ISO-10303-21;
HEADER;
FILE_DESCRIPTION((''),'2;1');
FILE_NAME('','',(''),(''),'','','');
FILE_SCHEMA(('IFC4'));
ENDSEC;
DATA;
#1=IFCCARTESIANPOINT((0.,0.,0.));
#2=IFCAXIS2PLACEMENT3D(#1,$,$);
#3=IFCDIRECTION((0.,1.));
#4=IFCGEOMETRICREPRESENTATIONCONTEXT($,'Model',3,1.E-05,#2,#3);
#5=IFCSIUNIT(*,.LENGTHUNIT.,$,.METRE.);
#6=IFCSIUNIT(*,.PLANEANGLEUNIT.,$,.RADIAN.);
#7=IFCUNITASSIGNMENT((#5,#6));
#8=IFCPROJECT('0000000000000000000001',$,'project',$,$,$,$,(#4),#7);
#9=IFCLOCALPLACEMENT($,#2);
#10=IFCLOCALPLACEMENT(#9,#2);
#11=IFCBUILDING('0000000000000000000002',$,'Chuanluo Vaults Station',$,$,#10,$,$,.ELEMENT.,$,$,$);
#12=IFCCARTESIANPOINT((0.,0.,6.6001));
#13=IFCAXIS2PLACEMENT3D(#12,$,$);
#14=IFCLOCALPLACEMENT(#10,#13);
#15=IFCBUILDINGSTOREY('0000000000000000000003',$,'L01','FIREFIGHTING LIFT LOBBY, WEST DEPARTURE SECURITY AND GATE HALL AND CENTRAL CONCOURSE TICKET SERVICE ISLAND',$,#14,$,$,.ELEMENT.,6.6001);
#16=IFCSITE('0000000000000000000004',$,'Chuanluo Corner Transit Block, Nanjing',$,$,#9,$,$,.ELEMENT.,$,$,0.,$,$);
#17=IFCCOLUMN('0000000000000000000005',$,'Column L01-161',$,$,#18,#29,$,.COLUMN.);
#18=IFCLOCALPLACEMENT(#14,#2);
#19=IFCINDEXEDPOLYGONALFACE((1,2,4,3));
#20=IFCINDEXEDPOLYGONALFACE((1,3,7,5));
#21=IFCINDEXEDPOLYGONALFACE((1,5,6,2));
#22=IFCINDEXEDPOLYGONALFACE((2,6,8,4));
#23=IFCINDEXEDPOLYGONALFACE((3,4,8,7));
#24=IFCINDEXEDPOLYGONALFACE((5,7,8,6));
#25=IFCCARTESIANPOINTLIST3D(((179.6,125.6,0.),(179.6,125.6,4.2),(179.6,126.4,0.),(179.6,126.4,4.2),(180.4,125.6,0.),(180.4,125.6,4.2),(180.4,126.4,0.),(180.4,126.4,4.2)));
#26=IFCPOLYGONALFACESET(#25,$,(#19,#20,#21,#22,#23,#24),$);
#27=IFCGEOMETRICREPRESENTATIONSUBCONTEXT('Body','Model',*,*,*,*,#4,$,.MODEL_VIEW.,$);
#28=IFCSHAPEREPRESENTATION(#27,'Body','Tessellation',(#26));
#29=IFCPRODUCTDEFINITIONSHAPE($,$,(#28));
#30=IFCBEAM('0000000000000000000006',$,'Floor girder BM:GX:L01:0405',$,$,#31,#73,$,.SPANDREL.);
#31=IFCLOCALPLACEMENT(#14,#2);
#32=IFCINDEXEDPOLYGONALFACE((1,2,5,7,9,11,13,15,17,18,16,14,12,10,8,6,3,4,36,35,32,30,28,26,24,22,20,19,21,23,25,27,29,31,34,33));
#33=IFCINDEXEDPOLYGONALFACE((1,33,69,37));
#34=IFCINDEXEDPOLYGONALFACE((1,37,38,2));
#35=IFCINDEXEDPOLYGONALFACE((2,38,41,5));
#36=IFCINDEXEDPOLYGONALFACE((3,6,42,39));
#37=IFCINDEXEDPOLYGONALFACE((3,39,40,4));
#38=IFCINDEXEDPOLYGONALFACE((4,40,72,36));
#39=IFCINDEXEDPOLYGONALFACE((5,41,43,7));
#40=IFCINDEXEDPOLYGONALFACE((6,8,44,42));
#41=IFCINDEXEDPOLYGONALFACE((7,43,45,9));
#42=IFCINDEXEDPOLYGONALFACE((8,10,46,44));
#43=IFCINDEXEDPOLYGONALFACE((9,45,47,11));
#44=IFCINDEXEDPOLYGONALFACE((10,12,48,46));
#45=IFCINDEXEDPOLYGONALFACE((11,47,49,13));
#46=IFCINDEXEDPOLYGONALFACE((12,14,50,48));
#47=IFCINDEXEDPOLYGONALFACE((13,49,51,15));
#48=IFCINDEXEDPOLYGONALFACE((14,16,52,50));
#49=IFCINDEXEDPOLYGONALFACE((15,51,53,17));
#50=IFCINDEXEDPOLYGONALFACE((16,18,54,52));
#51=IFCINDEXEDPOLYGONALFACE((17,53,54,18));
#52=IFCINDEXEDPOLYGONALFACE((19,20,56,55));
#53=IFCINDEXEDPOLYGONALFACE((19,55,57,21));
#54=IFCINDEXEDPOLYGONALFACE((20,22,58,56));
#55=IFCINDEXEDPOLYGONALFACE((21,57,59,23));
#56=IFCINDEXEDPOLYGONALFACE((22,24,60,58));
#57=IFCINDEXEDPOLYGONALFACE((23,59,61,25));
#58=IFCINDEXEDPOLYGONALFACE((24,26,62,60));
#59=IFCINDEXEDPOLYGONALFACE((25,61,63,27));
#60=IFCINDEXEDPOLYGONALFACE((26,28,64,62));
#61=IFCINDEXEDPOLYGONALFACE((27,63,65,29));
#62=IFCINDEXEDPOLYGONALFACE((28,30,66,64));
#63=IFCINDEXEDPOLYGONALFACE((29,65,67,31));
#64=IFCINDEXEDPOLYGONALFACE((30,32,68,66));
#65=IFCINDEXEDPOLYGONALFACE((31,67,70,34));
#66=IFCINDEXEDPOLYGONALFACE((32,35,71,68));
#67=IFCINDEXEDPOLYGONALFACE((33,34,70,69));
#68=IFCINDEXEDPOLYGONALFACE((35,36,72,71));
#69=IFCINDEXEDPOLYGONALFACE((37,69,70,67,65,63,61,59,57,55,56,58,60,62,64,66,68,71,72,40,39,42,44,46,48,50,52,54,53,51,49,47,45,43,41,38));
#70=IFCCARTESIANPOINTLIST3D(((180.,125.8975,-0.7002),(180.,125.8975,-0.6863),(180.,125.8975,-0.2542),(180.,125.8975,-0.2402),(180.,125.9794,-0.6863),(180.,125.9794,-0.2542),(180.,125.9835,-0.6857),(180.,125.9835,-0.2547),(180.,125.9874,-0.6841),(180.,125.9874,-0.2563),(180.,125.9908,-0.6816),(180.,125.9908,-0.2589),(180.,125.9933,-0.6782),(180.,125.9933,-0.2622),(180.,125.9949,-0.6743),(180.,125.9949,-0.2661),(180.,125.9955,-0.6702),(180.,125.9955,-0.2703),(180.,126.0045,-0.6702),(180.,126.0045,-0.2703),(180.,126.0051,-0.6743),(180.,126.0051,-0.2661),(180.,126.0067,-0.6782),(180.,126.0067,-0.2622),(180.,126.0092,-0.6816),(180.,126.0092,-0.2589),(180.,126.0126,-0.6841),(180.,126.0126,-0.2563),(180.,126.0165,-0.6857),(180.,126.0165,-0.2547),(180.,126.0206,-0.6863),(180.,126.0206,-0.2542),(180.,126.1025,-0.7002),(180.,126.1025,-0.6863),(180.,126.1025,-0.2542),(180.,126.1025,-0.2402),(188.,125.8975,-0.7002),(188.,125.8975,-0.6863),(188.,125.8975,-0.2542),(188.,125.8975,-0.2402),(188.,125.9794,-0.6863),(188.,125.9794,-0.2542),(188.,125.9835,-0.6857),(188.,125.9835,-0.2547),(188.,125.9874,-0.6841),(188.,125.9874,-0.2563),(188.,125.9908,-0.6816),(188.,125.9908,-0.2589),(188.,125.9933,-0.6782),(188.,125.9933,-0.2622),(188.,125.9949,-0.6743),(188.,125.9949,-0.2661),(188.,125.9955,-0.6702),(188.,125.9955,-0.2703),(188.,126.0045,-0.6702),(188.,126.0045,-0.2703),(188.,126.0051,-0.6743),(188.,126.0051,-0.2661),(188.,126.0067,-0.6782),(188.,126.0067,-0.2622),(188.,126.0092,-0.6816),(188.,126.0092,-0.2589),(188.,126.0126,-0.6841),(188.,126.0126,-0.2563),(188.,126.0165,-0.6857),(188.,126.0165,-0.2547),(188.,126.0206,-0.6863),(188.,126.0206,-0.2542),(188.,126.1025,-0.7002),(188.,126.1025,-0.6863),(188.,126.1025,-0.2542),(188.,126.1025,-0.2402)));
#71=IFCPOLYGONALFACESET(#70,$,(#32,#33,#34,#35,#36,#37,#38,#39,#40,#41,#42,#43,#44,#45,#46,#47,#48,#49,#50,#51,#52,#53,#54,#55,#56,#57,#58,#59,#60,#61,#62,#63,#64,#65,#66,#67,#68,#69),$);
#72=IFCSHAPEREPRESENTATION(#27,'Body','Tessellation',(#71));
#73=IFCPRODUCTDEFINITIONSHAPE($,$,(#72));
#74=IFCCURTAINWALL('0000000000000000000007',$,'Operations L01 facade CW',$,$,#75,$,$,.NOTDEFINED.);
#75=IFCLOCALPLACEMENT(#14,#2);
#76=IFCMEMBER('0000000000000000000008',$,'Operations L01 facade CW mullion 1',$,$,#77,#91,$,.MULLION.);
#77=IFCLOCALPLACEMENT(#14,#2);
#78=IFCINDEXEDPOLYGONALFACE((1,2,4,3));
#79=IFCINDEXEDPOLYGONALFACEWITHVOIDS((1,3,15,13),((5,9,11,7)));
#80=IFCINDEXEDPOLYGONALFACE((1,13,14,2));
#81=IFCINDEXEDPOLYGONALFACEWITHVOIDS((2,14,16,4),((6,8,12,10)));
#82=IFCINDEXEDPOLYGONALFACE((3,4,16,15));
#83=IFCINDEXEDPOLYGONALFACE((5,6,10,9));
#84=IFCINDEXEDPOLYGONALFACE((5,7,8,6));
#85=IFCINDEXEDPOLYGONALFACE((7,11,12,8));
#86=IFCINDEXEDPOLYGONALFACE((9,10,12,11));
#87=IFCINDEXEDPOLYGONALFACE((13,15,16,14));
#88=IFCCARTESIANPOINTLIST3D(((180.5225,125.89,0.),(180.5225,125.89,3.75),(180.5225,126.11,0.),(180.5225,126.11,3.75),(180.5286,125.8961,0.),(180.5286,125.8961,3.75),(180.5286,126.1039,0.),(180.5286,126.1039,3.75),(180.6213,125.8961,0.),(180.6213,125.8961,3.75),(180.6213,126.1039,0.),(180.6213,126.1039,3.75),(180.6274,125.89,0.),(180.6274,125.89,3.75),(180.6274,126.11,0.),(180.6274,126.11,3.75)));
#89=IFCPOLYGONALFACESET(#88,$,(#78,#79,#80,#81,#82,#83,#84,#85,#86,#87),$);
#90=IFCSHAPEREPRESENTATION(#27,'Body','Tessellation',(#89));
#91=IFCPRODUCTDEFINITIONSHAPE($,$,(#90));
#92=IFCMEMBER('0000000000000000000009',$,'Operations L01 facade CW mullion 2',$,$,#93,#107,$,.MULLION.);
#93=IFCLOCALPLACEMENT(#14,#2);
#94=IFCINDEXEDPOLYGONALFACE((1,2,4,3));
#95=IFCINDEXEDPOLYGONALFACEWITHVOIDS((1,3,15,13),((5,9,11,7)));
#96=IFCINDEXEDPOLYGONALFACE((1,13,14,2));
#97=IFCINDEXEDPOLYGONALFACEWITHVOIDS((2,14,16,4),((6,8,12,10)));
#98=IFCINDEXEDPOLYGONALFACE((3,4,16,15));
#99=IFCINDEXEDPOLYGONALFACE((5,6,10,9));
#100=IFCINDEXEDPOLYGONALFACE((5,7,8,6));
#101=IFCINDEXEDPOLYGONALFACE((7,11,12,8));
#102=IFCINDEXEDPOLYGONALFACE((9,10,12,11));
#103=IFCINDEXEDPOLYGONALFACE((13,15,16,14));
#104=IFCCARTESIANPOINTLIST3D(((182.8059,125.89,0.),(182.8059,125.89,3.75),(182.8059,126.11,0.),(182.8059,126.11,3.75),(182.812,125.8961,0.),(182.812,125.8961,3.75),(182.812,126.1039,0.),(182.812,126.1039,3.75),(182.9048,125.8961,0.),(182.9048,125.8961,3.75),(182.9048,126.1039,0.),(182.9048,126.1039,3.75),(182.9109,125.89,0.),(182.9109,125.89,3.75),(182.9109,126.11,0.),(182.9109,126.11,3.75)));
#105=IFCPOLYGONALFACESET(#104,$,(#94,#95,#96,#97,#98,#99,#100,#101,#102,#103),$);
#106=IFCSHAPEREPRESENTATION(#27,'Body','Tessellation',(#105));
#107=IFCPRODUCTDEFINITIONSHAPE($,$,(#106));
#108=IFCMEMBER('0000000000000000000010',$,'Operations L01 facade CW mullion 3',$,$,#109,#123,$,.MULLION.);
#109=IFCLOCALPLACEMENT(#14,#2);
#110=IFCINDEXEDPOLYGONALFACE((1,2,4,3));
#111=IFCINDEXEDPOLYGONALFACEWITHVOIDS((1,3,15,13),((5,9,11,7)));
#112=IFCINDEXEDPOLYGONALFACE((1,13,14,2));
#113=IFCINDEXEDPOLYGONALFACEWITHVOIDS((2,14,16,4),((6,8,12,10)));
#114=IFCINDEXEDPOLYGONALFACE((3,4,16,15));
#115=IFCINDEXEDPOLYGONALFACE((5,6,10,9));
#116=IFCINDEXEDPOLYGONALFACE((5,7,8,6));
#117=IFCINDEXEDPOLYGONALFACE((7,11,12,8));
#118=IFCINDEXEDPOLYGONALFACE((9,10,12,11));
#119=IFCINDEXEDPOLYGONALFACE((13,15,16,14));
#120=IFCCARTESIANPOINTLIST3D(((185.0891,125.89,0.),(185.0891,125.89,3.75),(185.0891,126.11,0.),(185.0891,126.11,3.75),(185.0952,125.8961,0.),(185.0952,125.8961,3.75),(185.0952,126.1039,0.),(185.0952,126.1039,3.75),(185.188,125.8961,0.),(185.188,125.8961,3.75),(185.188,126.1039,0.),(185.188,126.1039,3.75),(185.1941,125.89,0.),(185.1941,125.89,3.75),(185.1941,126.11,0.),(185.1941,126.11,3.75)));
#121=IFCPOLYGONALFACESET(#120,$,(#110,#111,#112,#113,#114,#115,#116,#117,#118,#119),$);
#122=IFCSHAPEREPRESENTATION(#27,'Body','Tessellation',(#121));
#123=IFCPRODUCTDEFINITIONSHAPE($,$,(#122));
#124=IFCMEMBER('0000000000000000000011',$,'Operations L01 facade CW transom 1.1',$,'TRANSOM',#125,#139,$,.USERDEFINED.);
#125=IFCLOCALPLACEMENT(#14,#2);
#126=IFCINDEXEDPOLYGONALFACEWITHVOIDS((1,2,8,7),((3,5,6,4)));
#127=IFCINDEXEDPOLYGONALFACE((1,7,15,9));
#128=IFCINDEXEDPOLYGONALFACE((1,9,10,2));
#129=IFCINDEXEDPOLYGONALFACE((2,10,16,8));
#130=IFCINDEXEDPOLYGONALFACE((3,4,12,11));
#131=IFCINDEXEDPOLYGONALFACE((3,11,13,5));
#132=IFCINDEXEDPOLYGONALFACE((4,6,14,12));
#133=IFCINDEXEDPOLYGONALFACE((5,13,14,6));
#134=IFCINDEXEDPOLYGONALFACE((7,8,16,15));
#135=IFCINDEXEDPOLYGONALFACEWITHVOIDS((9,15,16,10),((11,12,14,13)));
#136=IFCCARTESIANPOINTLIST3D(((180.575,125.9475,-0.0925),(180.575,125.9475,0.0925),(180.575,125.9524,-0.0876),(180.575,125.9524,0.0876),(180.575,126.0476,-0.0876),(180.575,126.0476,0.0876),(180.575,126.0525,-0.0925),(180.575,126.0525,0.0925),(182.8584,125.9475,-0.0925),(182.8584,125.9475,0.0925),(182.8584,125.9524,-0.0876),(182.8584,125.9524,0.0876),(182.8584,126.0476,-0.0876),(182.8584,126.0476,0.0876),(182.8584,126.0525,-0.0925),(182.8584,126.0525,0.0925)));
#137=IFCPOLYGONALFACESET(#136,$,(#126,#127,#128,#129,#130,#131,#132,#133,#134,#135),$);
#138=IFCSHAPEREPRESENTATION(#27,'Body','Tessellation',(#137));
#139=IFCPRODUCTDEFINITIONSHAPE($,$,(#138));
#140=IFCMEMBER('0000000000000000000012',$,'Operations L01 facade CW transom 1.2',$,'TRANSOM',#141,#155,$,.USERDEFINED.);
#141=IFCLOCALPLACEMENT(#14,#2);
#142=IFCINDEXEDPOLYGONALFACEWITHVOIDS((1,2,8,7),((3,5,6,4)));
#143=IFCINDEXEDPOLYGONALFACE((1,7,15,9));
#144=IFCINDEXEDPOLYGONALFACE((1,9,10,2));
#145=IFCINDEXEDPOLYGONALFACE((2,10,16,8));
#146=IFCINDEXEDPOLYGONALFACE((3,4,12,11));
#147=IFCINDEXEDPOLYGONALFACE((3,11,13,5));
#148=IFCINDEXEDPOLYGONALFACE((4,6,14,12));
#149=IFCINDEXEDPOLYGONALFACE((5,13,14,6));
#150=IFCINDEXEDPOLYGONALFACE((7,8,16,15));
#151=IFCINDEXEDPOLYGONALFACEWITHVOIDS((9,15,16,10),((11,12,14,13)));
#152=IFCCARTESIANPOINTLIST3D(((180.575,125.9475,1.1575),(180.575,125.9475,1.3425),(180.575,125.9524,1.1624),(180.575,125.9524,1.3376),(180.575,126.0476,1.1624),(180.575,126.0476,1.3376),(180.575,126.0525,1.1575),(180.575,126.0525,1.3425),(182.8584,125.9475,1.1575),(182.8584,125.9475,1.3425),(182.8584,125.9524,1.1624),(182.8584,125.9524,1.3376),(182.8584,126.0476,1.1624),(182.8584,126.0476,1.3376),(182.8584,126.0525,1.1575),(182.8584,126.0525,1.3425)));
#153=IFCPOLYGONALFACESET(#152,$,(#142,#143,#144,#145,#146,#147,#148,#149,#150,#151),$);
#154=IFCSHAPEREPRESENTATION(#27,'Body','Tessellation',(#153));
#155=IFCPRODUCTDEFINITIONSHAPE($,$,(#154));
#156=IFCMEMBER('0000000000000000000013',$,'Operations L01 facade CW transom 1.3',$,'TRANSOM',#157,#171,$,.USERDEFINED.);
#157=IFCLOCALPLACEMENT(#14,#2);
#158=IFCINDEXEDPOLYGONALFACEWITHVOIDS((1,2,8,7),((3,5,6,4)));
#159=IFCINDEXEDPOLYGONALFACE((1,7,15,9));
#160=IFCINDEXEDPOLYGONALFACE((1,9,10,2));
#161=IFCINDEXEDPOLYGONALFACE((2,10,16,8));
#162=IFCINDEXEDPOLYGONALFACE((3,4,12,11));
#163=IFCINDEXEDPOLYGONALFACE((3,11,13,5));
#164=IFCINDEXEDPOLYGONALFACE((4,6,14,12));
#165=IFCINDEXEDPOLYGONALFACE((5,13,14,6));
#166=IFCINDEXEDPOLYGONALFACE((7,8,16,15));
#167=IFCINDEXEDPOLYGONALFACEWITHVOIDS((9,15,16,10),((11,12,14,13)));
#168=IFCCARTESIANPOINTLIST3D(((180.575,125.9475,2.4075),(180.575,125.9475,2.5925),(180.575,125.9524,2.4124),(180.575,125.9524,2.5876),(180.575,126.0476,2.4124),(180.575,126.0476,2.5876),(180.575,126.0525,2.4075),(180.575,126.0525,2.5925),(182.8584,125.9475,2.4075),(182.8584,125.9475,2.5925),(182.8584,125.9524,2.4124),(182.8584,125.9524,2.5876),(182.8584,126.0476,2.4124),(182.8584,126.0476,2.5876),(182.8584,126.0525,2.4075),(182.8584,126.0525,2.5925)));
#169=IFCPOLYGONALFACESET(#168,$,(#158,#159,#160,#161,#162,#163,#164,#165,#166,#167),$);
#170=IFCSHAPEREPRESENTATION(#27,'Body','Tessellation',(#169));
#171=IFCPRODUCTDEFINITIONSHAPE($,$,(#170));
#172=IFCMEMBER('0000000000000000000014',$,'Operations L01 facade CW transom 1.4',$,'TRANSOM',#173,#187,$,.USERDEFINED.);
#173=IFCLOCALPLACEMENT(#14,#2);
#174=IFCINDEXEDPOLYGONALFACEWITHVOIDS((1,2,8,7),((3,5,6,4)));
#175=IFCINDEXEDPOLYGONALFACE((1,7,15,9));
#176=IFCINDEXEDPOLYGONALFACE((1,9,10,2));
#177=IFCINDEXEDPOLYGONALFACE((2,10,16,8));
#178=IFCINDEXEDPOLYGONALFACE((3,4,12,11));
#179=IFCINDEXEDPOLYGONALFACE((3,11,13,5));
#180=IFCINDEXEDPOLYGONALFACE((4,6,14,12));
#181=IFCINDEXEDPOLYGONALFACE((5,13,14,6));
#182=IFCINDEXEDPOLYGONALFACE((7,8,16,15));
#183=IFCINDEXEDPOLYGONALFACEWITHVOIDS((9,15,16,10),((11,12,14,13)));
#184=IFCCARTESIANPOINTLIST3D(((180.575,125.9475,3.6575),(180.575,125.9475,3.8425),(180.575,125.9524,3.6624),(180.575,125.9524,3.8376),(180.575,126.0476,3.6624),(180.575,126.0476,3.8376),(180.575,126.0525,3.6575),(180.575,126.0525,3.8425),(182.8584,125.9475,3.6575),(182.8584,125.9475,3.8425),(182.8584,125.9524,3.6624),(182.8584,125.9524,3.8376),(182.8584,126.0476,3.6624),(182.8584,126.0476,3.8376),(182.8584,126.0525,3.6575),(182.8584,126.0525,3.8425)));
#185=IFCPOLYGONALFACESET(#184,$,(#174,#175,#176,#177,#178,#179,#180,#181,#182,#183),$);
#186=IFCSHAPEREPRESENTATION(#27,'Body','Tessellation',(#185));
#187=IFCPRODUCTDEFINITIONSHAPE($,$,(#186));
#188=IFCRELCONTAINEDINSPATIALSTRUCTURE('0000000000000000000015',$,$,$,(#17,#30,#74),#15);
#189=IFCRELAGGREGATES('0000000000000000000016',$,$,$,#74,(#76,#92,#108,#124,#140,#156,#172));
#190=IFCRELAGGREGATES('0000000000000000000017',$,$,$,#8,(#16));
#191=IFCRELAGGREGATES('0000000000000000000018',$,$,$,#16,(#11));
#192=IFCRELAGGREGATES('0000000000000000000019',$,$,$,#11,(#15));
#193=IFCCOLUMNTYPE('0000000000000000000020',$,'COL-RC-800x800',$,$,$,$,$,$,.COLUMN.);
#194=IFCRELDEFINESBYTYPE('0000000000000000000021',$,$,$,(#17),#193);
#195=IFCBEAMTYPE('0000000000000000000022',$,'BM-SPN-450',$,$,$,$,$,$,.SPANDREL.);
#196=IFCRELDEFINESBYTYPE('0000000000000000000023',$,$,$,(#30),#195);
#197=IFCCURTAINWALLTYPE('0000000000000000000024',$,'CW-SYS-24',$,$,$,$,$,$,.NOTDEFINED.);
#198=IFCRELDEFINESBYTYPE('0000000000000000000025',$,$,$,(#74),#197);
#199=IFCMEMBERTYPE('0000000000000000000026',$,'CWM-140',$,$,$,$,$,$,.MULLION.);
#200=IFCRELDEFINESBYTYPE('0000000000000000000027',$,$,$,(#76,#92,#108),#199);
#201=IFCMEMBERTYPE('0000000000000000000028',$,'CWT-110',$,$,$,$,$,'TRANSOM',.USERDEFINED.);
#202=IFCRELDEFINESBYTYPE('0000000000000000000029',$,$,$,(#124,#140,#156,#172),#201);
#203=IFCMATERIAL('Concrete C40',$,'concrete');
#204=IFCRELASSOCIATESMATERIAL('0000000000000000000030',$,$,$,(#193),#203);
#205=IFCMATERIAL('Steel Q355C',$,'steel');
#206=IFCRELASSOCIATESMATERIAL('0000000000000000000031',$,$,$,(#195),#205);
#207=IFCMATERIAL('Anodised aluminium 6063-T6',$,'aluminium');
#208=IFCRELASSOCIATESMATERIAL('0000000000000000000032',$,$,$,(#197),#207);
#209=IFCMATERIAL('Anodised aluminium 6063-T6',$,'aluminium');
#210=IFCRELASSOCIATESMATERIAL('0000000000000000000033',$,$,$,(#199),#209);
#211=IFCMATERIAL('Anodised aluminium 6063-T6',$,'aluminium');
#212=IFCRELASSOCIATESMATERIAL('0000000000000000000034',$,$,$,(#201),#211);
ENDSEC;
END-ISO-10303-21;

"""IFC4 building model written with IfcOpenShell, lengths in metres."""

from ifc_helpers import new_model, si_unit, direction, frame, origin, origin_2d, place, context, subcontext, project, spatial, rectangle, hollow_rectangle, i_section, extrude, material, material_profile, profile_set, type_object, element, aggregate, save


model = new_model("IFC4")

# Units and contexts
model_context = context("Model", 3, precision=1e-05, world=origin(), true_north=direction((0.0, 1.0)))
body_context = subcontext(model_context, "Body", "Model", "MODEL_VIEW")
ifc_project = project(units=[si_unit("LENGTHUNIT", "METRE"), si_unit("PLANEANGLEUNIT", "RADIAN")], contexts=[model_context])

# Site, building, storey
site_placement = place(None, origin())
site = spatial("IfcSite", under=ifc_project, at=site_placement, Name="Chuanluo Corner Transit Block, Nanjing", CompositionType="ELEMENT", RefElevation=0.0)
building_placement = place(site_placement, origin())
building = spatial("IfcBuilding", under=site, at=building_placement, Name="Chuanluo Vaults Station", CompositionType="ELEMENT")
storey_placement = place(building_placement, frame((0.0, 0.0, 6.6001)))
storey = spatial("IfcBuildingStorey", under=building, at=storey_placement, Name="L01", Description="FIREFIGHTING LIFT LOBBY, WEST DEPARTURE SECURITY AND GATE HALL AND CENTRAL CONCOURSE TICKET SERVICE ISLAND", CompositionType="ELEMENT", Elevation=6.6001)

# Column
ifc_material_1 = material(Name="Concrete C40", Category="concrete")
ifc_material_profile_1 = material_profile(ifc_material_1, rectangle(XDim=0.8, YDim=0.8, at=origin_2d()))
ifc_profile_set_1 = profile_set([ifc_material_profile_1], Name="Concrete C40")
column_type = type_object("IfcColumnType", Name="COL-RC-800x800", PredefinedType="COLUMN", material=ifc_profile_set_1)
column_placement = place(storey_placement, frame((180.0, 126.0, 0.0), z_axis=(0.0, 0.0, 1.0), x_axis=(1.0, 0.0, 0.0)))
element("IfcColumn", 1, at=column_placement, inside=storey, type_object=column_type, Name="Column L01-161", PredefinedType="COLUMN", context=body_context, shape_type="SweptSolid", body=[
    extrude(rectangle(XDim=0.8, YDim=0.8, at=origin_2d()), origin(), (0.0, 0.0, 1.0), 4.2),
])

# Beam
ifc_material_2 = material(Name="Steel Q355C", Category="steel")
ifc_material_profile_2 = material_profile(ifc_material_2, i_section(OverallWidth=0.2051, OverallDepth=0.46, WebThickness=0.009, FlangeThickness=0.0139, FilletRadius=0.0161, at=origin_2d()))
ifc_profile_set_2 = profile_set([ifc_material_profile_2], Name="Steel Q355C")
beam_type = type_object("IfcBeamType", Name="BM-SPN-450", PredefinedType="SPANDREL", material=ifc_profile_set_2)
beam_placement = place(storey_placement, frame((180.0, 126.0, -0.4702), z_axis=(1.0, 0.0, 0.0), x_axis=(0.0, 1.0, 0.0)))
element("IfcBeam", 2, at=beam_placement, inside=storey, type_object=beam_type, Name="Floor girder BM:GX:L01:0405", PredefinedType="SPANDREL", context=body_context, shape_type="SweptSolid", body=[
    extrude(i_section(OverallWidth=0.2051, OverallDepth=0.46, WebThickness=0.009, FlangeThickness=0.0139, FilletRadius=0.0161, at=origin_2d()), origin(), (0.0, 0.0, 1.0), 8.0),
])

# Curtain wall, members
ifc_material_3 = material(Name="Anodised aluminium 6063-T6", Category="aluminium")
curtain_wall_type = type_object("IfcCurtainWallType", Name="CW-SYS-24", PredefinedType="NOTDEFINED", material=ifc_material_3)
curtain_wall_placement = place(storey_placement, origin())
curtain_wall = element("IfcCurtainWall", 3, at=curtain_wall_placement, inside=storey, type_object=curtain_wall_type, Name="Operations L01 facade CW", PredefinedType="NOTDEFINED")
ifc_material_4 = material(Name="Anodised aluminium 6063-T6", Category="aluminium")
ifc_material_profile_3 = material_profile(ifc_material_4, hollow_rectangle(XDim=0.105, YDim=0.22, WallThickness=0.0061, at=origin_2d()))
ifc_profile_set_3 = profile_set([ifc_material_profile_3], Name="Anodised aluminium 6063-T6")
member_type_1 = type_object("IfcMemberType", Name="CWM-140", PredefinedType="MULLION", material=ifc_profile_set_3)
member_1_placement = place(storey_placement, frame((180.575, 126.0, 0.0), z_axis=(0.0, 0.0, 1.0), x_axis=(1.0, 0.0, 0.0)))
member_1 = element("IfcMember", 4, at=member_1_placement, type_object=member_type_1, Name="Operations L01 facade CW mullion 1", PredefinedType="MULLION", context=body_context, shape_type="SweptSolid", body=[
    extrude(hollow_rectangle(XDim=0.105, YDim=0.22, WallThickness=0.0061, at=origin_2d()), origin(), (0.0, 0.0, 1.0), 3.75),
])
member_2_placement = place(storey_placement, frame((182.8584, 126.0, 0.0), z_axis=(0.0, 0.0, 1.0), x_axis=(1.0, 0.0, 0.0)))
member_2 = element("IfcMember", 5, at=member_2_placement, type_object=member_type_1, Name="Operations L01 facade CW mullion 2", PredefinedType="MULLION", context=body_context, shape_type="SweptSolid", body=[
    extrude(hollow_rectangle(XDim=0.105, YDim=0.22, WallThickness=0.0061, at=origin_2d()), origin(), (0.0, 0.0, 1.0), 3.75),
])
member_3_placement = place(storey_placement, frame((185.1416, 126.0, 0.0), z_axis=(0.0, 0.0, 1.0), x_axis=(1.0, 0.0, 0.0)))
member_3 = element("IfcMember", 6, at=member_3_placement, type_object=member_type_1, Name="Operations L01 facade CW mullion 3", PredefinedType="MULLION", context=body_context, shape_type="SweptSolid", body=[
    extrude(hollow_rectangle(XDim=0.105, YDim=0.22, WallThickness=0.0061, at=origin_2d()), origin(), (0.0, 0.0, 1.0), 3.75),
])
ifc_material_5 = material(Name="Anodised aluminium 6063-T6", Category="aluminium")
ifc_material_profile_4 = material_profile(ifc_material_5, hollow_rectangle(XDim=0.105, YDim=0.1851, WallThickness=0.0049, at=origin_2d()))
ifc_profile_set_4 = profile_set([ifc_material_profile_4], Name="Anodised aluminium 6063-T6")
member_type_2 = type_object("IfcMemberType", Name="CWT-110", ElementType="TRANSOM", PredefinedType="USERDEFINED", material=ifc_profile_set_4)
member_4_placement = place(storey_placement, frame((180.575, 126.0, 0.0), z_axis=(1.0, 0.0, 0.0), x_axis=(0.0, 1.0, 0.0)))
member_4 = element("IfcMember", 7, at=member_4_placement, type_object=member_type_2, Name="Operations L01 facade CW transom 1.1", ObjectType="TRANSOM", PredefinedType="USERDEFINED", context=body_context, shape_type="SweptSolid", body=[
    extrude(hollow_rectangle(XDim=0.105, YDim=0.1851, WallThickness=0.0049, at=origin_2d()), origin(), (0.0, 0.0, 1.0), 2.2834),
])
member_5_placement = place(storey_placement, frame((180.575, 126.0, 1.25), z_axis=(1.0, 0.0, 0.0), x_axis=(0.0, 1.0, 0.0)))
member_5 = element("IfcMember", 8, at=member_5_placement, type_object=member_type_2, Name="Operations L01 facade CW transom 1.2", ObjectType="TRANSOM", PredefinedType="USERDEFINED", context=body_context, shape_type="SweptSolid", body=[
    extrude(hollow_rectangle(XDim=0.105, YDim=0.1851, WallThickness=0.0049, at=origin_2d()), origin(), (0.0, 0.0, 1.0), 2.2834),
])
member_6_placement = place(storey_placement, frame((180.575, 126.0, 2.5), z_axis=(1.0, 0.0, 0.0), x_axis=(0.0, 1.0, 0.0)))
member_6 = element("IfcMember", 9, at=member_6_placement, type_object=member_type_2, Name="Operations L01 facade CW transom 1.3", ObjectType="TRANSOM", PredefinedType="USERDEFINED", context=body_context, shape_type="SweptSolid", body=[
    extrude(hollow_rectangle(XDim=0.105, YDim=0.1851, WallThickness=0.0049, at=origin_2d()), origin(), (0.0, 0.0, 1.0), 2.2834),
])
member_7_placement = place(storey_placement, frame((180.575, 126.0, 3.75), z_axis=(1.0, 0.0, 0.0), x_axis=(0.0, 1.0, 0.0)))
member_7 = element("IfcMember", 10, at=member_7_placement, type_object=member_type_2, Name="Operations L01 facade CW transom 1.4", ObjectType="TRANSOM", PredefinedType="USERDEFINED", context=body_context, shape_type="SweptSolid", body=[
    extrude(hollow_rectangle(XDim=0.105, YDim=0.1851, WallThickness=0.0049, at=origin_2d()), origin(), (0.0, 0.0, 1.0), 2.2834),
])
aggregate(curtain_wall, [member_1, member_2, member_3, member_4, member_5, member_6, member_7])

save(model, "model.ifc")
